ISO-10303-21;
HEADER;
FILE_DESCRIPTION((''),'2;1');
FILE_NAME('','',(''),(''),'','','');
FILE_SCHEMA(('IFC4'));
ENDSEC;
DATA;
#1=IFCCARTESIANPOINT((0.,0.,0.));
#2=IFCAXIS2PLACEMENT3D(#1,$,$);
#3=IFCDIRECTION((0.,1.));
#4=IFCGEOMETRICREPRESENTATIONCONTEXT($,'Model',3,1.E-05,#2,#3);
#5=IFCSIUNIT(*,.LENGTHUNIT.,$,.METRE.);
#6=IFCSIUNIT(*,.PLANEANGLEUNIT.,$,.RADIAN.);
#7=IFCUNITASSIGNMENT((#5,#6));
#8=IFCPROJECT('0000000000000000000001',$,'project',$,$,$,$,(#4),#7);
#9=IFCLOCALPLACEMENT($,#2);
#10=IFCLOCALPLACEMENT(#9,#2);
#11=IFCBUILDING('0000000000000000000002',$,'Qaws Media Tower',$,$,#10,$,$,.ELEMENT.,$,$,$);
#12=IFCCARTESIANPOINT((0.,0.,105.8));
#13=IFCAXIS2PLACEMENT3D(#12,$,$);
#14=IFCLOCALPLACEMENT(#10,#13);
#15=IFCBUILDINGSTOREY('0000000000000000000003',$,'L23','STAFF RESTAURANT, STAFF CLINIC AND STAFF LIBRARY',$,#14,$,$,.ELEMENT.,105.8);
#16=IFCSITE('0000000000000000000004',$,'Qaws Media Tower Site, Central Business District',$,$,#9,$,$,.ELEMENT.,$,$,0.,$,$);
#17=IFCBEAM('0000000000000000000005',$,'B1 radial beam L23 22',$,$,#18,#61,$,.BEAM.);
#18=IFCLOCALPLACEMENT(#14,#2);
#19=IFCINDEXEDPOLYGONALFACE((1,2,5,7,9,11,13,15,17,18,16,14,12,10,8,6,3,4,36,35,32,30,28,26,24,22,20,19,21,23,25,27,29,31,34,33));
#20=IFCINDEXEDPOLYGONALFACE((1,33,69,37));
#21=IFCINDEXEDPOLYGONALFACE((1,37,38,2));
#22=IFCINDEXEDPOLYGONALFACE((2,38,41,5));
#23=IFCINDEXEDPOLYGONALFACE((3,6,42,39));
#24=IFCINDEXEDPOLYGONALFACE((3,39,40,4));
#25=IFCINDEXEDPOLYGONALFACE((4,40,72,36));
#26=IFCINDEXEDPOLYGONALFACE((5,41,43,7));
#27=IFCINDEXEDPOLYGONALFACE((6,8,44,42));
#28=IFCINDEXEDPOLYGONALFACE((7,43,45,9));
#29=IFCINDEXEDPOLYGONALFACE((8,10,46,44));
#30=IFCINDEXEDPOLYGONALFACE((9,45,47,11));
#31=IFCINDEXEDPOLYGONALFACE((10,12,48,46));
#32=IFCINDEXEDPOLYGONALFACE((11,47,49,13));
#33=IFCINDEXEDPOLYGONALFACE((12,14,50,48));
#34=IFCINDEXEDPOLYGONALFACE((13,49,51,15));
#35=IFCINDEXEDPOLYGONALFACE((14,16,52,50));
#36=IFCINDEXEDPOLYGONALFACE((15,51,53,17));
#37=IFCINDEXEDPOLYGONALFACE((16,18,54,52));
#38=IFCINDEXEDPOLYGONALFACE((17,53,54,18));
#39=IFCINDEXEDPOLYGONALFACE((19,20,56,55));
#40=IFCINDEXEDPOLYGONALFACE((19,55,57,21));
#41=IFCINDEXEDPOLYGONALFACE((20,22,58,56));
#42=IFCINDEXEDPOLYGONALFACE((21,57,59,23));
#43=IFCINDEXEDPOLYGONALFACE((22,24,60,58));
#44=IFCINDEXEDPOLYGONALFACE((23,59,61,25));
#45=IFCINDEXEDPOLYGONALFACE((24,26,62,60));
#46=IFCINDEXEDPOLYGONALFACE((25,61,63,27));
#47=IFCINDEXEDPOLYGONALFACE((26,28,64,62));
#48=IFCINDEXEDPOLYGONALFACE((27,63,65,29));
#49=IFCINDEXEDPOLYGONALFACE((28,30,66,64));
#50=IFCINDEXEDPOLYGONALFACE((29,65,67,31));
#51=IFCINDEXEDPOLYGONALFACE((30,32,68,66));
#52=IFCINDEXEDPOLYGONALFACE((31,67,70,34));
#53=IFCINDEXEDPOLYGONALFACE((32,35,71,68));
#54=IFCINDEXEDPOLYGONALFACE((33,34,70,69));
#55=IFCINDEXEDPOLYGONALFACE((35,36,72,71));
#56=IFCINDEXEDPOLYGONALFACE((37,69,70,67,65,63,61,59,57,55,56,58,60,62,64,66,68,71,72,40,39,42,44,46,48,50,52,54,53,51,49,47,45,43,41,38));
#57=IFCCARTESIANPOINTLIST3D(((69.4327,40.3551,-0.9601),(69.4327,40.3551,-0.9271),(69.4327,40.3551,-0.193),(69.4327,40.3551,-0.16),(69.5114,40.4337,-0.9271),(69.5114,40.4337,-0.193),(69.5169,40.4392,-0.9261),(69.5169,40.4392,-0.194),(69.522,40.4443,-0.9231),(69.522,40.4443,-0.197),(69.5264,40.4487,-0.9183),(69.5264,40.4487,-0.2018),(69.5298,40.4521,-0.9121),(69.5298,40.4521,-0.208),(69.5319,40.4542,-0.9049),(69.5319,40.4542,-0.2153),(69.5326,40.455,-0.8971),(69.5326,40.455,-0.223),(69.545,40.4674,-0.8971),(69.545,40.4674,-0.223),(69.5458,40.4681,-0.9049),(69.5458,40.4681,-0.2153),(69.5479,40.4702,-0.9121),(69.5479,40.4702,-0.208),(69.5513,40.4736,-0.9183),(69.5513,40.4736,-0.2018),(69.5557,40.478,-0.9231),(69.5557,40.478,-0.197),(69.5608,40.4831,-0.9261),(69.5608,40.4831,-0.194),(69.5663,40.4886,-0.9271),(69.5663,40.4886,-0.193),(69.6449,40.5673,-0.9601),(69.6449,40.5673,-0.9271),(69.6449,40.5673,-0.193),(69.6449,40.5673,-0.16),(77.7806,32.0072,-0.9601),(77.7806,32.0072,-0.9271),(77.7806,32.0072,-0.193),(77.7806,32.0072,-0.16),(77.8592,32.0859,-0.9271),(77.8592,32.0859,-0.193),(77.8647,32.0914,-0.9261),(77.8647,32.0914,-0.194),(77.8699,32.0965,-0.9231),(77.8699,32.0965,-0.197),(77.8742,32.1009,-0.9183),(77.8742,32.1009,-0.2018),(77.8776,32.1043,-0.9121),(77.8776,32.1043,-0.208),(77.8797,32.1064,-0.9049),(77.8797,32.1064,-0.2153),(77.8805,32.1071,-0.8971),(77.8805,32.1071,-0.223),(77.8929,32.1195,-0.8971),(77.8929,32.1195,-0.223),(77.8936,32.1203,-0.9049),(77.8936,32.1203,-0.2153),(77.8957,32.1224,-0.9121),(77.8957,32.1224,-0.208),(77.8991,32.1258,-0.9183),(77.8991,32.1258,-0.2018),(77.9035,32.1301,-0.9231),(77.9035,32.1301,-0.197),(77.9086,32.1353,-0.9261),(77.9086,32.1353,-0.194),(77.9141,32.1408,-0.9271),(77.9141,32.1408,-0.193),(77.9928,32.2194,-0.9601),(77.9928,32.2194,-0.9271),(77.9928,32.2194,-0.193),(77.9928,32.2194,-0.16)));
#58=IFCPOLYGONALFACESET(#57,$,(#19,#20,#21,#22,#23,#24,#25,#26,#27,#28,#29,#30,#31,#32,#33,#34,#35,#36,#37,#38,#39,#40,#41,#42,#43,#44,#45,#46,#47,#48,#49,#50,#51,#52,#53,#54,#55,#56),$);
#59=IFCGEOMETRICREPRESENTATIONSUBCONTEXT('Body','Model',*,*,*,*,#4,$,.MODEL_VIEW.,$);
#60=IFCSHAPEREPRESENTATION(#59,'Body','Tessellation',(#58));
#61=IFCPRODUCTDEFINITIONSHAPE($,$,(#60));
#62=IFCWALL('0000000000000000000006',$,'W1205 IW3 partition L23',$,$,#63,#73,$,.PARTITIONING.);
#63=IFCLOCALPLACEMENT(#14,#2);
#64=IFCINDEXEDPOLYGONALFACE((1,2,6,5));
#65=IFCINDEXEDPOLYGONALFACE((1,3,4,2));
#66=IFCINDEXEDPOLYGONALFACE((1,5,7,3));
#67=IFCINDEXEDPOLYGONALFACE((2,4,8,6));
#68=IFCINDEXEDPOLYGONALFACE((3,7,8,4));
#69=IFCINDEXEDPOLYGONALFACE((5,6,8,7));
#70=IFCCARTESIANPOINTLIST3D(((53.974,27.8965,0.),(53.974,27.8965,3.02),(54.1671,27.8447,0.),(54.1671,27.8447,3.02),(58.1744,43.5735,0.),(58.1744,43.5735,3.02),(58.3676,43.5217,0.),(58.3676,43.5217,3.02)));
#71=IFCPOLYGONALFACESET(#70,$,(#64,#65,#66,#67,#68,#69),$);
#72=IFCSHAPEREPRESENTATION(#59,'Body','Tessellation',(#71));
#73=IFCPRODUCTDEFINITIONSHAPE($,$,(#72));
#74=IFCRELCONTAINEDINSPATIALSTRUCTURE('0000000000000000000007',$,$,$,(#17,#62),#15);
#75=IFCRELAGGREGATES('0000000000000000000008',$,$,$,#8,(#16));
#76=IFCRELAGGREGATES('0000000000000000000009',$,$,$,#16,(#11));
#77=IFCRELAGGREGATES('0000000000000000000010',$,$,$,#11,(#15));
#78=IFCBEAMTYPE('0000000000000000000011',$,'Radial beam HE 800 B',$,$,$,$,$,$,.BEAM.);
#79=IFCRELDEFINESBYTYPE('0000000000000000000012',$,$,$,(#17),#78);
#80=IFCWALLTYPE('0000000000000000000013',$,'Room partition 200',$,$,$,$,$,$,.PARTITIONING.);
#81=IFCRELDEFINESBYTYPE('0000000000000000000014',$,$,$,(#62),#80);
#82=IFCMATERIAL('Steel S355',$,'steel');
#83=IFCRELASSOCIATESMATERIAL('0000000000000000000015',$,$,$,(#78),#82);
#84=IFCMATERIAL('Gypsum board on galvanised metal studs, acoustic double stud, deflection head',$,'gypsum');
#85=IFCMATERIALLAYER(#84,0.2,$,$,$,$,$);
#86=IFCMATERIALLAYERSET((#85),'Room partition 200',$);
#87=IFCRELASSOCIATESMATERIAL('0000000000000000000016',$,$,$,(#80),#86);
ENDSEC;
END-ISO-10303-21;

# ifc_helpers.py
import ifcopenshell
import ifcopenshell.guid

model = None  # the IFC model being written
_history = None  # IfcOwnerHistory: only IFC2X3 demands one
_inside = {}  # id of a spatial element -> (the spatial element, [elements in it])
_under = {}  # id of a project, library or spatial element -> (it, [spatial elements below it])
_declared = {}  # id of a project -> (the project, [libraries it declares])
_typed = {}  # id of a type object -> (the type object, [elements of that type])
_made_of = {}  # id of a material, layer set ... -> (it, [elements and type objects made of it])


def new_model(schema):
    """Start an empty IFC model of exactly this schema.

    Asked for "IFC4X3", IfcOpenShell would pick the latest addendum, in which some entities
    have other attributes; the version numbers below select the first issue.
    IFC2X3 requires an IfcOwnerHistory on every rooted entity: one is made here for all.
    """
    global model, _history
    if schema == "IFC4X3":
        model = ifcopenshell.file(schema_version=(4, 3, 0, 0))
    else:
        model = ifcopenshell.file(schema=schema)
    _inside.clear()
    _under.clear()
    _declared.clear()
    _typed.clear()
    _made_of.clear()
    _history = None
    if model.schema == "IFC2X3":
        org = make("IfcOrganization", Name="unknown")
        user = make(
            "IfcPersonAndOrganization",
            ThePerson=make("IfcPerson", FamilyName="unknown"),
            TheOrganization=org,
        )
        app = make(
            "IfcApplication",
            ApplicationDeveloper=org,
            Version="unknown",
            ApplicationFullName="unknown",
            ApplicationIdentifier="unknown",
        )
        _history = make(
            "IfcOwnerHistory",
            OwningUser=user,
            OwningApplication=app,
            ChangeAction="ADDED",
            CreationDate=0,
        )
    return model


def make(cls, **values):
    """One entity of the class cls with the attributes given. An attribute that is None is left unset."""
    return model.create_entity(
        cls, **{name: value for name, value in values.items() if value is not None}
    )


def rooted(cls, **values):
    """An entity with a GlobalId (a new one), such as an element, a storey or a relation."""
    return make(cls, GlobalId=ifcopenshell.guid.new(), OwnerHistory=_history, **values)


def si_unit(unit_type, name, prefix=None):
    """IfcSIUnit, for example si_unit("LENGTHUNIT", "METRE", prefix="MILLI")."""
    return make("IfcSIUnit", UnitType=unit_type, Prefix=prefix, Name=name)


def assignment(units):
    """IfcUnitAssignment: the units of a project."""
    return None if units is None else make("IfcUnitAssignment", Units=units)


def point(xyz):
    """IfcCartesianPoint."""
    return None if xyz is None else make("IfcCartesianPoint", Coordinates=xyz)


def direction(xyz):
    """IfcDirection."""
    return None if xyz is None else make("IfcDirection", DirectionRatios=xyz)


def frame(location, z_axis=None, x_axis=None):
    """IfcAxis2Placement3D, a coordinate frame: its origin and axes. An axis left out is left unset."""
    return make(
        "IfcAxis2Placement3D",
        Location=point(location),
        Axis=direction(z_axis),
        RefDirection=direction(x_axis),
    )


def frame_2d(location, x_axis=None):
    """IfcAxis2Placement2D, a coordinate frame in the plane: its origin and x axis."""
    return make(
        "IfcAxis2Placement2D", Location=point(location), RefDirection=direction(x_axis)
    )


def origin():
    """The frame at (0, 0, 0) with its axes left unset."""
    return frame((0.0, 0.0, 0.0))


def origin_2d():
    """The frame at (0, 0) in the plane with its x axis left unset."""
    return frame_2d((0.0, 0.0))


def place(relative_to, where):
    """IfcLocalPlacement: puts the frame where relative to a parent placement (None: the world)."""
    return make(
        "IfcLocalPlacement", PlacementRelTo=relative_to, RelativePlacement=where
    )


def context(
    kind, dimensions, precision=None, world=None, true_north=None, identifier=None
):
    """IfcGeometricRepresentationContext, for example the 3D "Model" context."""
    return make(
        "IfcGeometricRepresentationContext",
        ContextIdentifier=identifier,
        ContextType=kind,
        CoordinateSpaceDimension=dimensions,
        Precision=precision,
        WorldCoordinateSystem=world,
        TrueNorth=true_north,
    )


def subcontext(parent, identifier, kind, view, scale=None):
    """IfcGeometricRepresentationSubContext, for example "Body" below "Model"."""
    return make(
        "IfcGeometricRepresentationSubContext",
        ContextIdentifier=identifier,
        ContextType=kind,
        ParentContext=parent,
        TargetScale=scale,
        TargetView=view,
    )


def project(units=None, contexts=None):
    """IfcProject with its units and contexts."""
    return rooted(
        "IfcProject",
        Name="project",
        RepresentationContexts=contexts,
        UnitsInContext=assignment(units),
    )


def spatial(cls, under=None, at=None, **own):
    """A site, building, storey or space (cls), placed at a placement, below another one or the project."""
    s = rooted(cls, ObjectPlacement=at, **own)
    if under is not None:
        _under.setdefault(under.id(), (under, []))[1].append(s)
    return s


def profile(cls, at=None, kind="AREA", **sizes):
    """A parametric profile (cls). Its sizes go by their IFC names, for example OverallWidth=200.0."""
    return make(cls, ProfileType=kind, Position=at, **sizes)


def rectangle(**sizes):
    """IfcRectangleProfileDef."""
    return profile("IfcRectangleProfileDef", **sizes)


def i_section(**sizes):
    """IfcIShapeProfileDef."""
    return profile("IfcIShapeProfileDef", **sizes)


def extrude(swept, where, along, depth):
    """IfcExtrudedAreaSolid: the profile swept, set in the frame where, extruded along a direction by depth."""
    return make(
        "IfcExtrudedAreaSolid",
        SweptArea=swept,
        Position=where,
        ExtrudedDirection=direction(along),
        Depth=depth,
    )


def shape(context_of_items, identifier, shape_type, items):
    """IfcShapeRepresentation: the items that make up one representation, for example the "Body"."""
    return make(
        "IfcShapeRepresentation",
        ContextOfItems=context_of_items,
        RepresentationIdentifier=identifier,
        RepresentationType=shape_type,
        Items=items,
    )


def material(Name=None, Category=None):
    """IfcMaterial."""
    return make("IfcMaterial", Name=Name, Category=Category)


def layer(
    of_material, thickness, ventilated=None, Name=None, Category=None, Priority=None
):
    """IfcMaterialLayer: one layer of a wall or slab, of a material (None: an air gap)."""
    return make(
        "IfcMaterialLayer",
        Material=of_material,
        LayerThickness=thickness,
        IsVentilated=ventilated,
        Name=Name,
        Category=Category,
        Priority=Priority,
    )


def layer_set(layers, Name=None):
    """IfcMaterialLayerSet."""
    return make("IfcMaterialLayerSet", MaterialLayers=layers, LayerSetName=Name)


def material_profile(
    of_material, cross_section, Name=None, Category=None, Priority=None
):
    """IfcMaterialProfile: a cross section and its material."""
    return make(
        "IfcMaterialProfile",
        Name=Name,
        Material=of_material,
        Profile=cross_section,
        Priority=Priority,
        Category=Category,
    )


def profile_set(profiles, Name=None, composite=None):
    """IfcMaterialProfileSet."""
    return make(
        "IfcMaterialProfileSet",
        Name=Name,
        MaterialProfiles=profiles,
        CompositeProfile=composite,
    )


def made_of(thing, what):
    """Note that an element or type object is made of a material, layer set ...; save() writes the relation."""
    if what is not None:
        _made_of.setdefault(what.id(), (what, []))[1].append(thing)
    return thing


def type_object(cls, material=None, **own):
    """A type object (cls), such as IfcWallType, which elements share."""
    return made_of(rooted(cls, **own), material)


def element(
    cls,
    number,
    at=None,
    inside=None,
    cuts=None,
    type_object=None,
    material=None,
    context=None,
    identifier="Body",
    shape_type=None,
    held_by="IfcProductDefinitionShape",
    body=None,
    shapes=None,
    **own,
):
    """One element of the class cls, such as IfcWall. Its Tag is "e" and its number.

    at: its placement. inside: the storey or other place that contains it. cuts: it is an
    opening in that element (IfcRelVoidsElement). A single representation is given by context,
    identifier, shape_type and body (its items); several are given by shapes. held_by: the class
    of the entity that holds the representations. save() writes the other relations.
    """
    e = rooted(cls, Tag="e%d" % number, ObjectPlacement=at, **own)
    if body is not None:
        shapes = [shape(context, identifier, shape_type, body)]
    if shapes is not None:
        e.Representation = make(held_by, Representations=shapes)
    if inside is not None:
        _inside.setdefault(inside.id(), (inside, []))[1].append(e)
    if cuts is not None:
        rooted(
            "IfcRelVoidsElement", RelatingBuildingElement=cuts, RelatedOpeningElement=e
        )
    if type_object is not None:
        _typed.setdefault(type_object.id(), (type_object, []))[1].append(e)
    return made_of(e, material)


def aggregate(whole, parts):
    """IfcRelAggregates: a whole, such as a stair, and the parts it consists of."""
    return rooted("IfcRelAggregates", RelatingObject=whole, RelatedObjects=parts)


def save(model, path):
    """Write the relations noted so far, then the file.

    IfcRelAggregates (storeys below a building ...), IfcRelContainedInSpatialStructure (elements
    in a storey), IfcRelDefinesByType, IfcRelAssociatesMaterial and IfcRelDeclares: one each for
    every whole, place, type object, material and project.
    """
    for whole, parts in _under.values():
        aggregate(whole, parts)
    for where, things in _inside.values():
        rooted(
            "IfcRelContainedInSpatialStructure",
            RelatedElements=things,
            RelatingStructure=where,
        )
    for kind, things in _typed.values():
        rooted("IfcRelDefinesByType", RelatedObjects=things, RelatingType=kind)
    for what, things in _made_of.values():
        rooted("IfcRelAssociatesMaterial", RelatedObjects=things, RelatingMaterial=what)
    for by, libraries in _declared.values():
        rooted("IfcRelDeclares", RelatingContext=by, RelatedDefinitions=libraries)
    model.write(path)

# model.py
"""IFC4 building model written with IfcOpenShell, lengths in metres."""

from ifc_helpers import new_model, si_unit, direction, frame, frame_2d, origin, origin_2d, place, context, subcontext, project, spatial, rectangle, i_section, extrude, material, layer, layer_set, material_profile, profile_set, type_object, element, save


model = new_model("IFC4")

# Units and contexts
model_context = context("Model", 3, precision=1e-05, world=origin(), true_north=direction((0.0, 1.0)))
body_context = subcontext(model_context, "Body", "Model", "MODEL_VIEW")
ifc_project = project(units=[si_unit("LENGTHUNIT", "METRE"), si_unit("PLANEANGLEUNIT", "RADIAN")], contexts=[model_context])

# Site, building, storey
site_placement = place(None, origin())
site = spatial("IfcSite", under=ifc_project, at=site_placement, Name="Qaws Media Tower Site, Central Business District", CompositionType="ELEMENT", RefElevation=0.0)
building_placement = place(site_placement, origin())
building = spatial("IfcBuilding", under=site, at=building_placement, Name="Qaws Media Tower", CompositionType="ELEMENT")
storey_placement = place(building_placement, frame((0.0, 0.0, 105.8)))
storey = spatial("IfcBuildingStorey", under=building, at=storey_placement, Name="L23", Description="STAFF RESTAURANT, STAFF CLINIC AND STAFF LIBRARY", CompositionType="ELEMENT", Elevation=105.8)

# Beam
ifc_material_1 = material(Name="Steel S355", Category="steel")
ifc_material_profile_1 = material_profile(ifc_material_1, i_section(OverallWidth=0.3, OverallDepth=0.8, WebThickness=0.0176, FlangeThickness=0.033, FilletRadius=0.03, at=origin_2d()), Name="HE 800 B")
ifc_profile_set_1 = profile_set([ifc_material_profile_1], Name="Steel S355")
beam_type_1 = type_object("IfcBeamType", Name="Radial beam HE 800 B", PredefinedType="BEAM", material=ifc_profile_set_1)
beam_1_placement = place(storey_placement, frame((69.5388, 40.4612, -0.5601), z_axis=(0.707107, -0.707107, 0.0), x_axis=(0.707107, 0.707107, 0.0)))
element("IfcBeam", 1, at=beam_1_placement, inside=storey, type_object=beam_type_1, Name="B1 radial beam L23 22", PredefinedType="BEAM", context=body_context, shape_type="SweptSolid", body=[
    extrude(i_section(OverallWidth=0.3, OverallDepth=0.8, WebThickness=0.0176, FlangeThickness=0.033, FilletRadius=0.03, at=origin_2d()), origin(), (0.0, 0.0, 1.0), 11.8057),
])

# Wall
ifc_material_2 = material(Name="Gypsum board on galvanised metal studs, acoustic double stud, deflection head", Category="gypsum")
ifc_layer = layer(ifc_material_2, 0.2)
ifc_layer_set = layer_set([ifc_layer], Name="Room partition 200")
wall_type = type_object("IfcWallType", Name="Room partition 200", PredefinedType="PARTITIONING", material=ifc_layer_set)
wall_placement = place(storey_placement, frame((58.271, 43.5476, 0.0), z_axis=(0.0, 0.0, 1.0), x_axis=(-0.258808, -0.965929, 0.0)))
element("IfcWall", 2, at=wall_placement, inside=storey, type_object=wall_type, Name="W1205 IW3 partition L23", PredefinedType="PARTITIONING", context=body_context, shape_type="SweptSolid", body=[
    extrude(rectangle(XDim=16.23, YDim=0.2, at=frame_2d((8.115, 0.0))), origin(), (0.0, 0.0, 1.0), 3.02),
])

save(model, "model.ifc")
